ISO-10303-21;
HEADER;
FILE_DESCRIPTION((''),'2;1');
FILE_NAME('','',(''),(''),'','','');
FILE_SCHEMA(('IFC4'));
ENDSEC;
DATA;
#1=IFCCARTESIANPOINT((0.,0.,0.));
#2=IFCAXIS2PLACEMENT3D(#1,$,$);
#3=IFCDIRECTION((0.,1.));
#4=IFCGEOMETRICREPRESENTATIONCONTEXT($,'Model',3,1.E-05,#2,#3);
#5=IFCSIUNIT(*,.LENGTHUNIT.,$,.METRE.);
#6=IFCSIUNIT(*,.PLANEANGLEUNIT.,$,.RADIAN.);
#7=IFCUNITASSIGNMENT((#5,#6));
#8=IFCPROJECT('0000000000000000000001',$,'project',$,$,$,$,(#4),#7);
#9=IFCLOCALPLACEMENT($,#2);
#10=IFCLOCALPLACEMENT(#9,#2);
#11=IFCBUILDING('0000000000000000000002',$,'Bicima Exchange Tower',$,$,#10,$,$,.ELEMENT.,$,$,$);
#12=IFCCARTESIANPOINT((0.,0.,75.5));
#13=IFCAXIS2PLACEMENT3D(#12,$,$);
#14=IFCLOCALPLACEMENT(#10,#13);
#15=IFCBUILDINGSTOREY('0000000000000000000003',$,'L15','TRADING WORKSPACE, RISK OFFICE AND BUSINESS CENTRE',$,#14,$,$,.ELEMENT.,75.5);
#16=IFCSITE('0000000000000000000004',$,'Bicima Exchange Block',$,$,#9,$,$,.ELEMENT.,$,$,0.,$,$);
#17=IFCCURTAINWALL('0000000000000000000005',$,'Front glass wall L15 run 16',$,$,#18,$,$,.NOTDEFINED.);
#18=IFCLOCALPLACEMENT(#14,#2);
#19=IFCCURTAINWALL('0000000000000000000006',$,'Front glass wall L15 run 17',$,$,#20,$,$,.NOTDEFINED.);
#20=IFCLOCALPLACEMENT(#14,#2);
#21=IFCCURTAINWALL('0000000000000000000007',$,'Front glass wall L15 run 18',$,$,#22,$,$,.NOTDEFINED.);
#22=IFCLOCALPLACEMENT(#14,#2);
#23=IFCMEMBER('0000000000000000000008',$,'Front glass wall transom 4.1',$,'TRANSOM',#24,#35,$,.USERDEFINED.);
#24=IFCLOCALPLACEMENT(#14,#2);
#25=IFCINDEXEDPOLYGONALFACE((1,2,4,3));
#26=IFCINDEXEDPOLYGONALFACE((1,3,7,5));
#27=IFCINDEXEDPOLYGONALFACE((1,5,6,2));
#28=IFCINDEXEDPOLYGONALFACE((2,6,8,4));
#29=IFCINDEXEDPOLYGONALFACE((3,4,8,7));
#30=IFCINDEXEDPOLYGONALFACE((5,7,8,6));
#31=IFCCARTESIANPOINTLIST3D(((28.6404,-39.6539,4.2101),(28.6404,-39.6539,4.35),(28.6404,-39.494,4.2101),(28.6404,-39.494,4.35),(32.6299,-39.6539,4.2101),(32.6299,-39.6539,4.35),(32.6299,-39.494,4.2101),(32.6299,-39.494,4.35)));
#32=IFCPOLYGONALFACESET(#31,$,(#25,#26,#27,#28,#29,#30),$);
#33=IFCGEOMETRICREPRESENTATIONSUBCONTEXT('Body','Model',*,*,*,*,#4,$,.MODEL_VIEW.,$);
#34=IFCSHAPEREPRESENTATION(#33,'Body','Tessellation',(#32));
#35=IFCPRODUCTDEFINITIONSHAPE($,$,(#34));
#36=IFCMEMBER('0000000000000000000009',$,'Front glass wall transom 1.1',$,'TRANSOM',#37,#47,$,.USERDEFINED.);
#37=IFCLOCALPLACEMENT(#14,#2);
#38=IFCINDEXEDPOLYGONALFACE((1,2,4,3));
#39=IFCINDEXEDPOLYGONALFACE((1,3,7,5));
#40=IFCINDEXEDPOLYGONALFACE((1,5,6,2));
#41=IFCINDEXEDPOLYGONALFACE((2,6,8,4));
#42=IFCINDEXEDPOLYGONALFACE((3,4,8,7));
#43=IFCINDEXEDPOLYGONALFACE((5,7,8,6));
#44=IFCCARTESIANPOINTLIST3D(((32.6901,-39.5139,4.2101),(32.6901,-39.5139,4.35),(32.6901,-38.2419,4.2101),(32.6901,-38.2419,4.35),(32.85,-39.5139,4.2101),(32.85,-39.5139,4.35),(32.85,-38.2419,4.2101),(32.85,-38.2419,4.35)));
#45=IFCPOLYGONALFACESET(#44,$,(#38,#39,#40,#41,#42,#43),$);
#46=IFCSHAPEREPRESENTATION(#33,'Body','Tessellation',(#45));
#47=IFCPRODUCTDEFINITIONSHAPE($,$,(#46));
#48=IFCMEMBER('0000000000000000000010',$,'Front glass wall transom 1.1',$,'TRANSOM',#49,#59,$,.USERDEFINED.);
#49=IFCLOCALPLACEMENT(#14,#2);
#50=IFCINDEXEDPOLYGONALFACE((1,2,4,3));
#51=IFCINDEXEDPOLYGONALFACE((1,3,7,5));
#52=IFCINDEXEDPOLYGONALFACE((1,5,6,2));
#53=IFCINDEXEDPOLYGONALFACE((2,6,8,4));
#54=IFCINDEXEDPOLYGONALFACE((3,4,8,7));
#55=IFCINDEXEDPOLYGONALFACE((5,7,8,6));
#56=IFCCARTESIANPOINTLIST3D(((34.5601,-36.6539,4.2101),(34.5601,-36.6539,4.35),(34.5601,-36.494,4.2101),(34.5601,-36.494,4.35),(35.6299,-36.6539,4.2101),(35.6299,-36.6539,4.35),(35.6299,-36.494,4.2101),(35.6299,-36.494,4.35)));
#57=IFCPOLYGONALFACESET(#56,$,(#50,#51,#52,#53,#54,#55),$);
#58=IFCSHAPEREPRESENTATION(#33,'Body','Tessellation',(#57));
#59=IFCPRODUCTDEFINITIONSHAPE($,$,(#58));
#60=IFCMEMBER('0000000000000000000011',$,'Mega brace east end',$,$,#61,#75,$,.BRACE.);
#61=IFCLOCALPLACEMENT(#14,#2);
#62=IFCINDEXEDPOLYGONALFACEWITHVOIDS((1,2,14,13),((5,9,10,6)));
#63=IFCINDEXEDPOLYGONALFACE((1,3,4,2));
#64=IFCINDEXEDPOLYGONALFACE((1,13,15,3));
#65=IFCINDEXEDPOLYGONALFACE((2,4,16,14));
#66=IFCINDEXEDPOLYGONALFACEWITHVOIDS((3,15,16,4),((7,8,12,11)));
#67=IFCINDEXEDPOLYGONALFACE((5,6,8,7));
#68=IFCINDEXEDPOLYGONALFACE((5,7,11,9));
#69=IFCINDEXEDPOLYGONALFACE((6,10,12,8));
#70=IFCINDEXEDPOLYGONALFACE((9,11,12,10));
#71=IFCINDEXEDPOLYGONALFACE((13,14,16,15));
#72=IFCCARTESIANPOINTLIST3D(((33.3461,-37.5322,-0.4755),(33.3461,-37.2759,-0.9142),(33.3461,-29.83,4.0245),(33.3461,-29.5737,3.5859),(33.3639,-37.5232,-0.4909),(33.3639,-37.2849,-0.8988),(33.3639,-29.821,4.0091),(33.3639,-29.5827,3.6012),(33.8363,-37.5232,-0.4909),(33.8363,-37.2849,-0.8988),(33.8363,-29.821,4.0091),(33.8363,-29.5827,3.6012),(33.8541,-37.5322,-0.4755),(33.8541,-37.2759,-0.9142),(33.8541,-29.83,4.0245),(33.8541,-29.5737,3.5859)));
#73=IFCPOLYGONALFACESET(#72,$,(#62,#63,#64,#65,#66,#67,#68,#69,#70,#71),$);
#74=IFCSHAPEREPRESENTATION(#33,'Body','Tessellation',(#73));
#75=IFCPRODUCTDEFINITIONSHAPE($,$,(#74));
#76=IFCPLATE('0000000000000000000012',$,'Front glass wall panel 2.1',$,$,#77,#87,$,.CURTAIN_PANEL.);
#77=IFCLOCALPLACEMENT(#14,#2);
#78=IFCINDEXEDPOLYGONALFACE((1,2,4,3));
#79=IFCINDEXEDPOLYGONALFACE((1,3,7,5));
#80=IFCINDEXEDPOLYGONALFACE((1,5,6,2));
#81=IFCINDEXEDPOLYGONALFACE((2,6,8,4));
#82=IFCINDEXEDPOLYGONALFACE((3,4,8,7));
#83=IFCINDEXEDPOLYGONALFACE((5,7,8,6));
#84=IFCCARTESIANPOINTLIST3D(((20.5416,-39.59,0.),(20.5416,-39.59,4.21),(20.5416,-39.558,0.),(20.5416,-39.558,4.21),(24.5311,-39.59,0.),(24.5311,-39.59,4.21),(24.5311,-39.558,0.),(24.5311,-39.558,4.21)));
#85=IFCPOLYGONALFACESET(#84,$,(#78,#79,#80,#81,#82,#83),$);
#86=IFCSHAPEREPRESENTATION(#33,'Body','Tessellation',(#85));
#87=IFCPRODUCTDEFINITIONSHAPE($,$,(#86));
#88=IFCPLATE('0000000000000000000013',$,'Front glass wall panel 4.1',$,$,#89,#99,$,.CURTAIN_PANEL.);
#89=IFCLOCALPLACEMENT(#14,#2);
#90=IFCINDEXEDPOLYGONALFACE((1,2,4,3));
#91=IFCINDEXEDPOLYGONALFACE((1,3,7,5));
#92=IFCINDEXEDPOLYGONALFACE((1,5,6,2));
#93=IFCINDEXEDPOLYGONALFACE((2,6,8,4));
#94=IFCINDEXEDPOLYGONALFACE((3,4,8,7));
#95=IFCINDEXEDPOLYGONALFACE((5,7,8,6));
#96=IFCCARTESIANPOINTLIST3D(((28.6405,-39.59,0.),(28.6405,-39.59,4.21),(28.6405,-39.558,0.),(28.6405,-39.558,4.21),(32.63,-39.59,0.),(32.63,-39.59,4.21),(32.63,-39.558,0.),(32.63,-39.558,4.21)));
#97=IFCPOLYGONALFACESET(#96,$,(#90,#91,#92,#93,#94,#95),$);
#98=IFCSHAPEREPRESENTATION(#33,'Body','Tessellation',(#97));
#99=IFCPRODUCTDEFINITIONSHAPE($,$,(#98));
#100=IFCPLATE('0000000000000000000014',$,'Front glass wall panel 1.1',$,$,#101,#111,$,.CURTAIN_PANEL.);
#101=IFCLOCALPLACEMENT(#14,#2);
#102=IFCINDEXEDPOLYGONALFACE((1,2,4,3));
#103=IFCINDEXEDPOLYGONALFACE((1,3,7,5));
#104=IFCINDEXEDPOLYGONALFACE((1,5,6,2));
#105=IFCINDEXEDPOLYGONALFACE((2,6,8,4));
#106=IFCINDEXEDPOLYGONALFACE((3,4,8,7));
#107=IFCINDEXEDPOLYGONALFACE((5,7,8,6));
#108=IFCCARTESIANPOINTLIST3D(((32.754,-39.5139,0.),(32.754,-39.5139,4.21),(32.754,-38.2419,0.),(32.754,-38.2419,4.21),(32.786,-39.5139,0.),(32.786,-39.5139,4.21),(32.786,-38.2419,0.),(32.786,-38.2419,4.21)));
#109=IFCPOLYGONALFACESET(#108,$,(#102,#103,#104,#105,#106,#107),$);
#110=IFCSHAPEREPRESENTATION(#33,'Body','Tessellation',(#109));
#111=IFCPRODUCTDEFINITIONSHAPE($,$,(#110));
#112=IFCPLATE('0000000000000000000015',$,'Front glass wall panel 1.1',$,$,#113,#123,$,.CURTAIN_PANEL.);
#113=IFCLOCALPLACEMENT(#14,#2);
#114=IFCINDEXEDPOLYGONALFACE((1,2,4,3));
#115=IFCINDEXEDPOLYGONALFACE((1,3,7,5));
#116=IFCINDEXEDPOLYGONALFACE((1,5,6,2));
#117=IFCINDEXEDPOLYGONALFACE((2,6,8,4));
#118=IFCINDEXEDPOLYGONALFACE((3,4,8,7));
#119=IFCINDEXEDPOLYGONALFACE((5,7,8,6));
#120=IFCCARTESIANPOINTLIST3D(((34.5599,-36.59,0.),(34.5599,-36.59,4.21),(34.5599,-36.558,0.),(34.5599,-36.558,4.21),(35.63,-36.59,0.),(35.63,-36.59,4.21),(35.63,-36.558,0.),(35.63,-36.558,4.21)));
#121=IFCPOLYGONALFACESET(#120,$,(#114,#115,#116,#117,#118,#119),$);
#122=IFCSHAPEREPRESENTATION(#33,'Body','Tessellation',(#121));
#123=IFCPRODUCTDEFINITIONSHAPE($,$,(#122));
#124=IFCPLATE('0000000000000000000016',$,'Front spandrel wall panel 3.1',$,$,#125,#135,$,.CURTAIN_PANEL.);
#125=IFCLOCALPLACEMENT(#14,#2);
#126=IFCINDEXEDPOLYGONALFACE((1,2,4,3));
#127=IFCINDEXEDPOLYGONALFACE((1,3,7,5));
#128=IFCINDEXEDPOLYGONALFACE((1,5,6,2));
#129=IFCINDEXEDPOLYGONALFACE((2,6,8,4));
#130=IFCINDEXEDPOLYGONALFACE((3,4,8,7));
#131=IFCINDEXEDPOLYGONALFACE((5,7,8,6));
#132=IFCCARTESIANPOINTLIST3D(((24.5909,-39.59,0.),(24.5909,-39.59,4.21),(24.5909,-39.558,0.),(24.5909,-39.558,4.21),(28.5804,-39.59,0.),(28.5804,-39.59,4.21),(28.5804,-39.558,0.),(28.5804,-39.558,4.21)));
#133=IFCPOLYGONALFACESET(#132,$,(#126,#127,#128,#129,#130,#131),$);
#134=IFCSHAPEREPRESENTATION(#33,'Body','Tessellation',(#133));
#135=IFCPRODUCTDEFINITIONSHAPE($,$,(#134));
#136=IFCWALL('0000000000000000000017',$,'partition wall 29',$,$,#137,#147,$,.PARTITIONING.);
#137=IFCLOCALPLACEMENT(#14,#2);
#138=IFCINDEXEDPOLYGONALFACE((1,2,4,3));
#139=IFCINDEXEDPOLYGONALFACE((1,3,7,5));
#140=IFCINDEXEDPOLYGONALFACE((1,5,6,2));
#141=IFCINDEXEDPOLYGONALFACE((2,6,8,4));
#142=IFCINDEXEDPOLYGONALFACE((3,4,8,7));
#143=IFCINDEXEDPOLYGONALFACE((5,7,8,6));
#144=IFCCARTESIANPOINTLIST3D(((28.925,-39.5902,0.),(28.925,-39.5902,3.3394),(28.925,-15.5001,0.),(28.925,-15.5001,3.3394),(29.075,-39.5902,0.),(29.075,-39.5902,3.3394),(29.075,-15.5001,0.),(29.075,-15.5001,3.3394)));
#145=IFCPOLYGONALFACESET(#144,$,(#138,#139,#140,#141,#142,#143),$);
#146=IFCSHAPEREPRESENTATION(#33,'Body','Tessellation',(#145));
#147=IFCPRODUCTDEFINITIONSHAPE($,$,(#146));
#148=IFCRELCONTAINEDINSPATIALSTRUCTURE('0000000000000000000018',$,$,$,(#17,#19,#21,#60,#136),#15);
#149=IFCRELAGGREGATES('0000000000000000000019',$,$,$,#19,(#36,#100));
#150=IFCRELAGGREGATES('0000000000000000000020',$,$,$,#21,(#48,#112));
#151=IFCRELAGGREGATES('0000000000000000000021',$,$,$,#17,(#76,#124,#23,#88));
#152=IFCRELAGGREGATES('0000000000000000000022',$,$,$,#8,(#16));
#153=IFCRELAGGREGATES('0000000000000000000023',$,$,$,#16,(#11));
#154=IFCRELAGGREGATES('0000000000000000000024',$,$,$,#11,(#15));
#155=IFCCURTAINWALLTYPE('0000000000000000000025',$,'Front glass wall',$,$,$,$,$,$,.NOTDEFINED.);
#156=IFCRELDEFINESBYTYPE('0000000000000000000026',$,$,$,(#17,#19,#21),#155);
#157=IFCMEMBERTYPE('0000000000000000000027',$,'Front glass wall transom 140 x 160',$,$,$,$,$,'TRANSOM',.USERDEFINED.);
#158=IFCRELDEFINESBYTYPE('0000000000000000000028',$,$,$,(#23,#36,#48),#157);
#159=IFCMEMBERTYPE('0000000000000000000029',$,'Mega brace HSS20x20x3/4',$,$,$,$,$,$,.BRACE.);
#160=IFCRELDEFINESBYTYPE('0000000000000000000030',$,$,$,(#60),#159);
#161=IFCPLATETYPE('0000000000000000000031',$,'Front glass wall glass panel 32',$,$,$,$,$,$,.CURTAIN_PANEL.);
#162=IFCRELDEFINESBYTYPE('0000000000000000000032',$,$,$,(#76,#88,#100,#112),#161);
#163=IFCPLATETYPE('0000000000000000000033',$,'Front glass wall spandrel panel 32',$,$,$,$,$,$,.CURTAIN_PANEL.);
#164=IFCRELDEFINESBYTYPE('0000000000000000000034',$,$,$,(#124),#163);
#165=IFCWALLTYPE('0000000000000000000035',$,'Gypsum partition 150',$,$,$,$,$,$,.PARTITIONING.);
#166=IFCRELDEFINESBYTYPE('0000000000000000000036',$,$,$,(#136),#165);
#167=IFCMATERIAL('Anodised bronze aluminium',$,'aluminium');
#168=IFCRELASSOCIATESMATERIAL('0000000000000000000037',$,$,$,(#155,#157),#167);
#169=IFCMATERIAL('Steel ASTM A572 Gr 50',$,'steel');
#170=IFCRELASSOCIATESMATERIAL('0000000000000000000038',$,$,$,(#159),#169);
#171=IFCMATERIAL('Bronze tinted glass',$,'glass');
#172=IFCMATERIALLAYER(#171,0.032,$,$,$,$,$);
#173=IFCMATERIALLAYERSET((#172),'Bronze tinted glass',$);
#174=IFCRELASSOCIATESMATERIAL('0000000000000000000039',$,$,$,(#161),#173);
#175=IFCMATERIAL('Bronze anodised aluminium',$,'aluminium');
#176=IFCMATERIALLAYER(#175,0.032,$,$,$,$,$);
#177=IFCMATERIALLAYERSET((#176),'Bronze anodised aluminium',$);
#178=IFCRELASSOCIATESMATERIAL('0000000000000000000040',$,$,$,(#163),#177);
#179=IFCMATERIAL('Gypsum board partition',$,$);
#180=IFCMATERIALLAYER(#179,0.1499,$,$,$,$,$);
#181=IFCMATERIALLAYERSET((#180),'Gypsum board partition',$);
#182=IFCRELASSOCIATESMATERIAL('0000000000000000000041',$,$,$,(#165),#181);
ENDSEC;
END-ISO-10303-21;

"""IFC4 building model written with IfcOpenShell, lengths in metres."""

from ifc_helpers import new_model, si_unit, direction, frame, frame_2d, origin, origin_2d, place, context, subcontext, project, spatial, rectangle, hollow_rectangle, extrude, material, layer, layer_set, material_profile, profile_set, type_object, element, aggregate, save


model = new_model("IFC4")

# Units and contexts
model_context = context("Model", 3, precision=1e-05, world=origin(), true_north=direction((0.0, 1.0)))
body_context = subcontext(model_context, "Body", "Model", "MODEL_VIEW")
ifc_project = project(units=[si_unit("LENGTHUNIT", "METRE"), si_unit("PLANEANGLEUNIT", "RADIAN")], contexts=[model_context])

# Site, building, storey
site_placement = place(None, origin())
site = spatial("IfcSite", under=ifc_project, at=site_placement, Name="Bicima Exchange Block", CompositionType="ELEMENT", RefElevation=0.0)
building_placement = place(site_placement, origin())
building = spatial("IfcBuilding", under=site, at=building_placement, Name="Bicima Exchange Tower", CompositionType="ELEMENT")
storey_placement = place(building_placement, frame((0.0, 0.0, 75.5)))
storey = spatial("IfcBuildingStorey", under=building, at=storey_placement, Name="L15", Description="TRADING WORKSPACE, RISK OFFICE AND BUSINESS CENTRE", CompositionType="ELEMENT", Elevation=75.5)

# Shared definitions
ifc_material_1 = material(Name="Steel ASTM A572 Gr 50", Category="steel")

# Curtain walls
ifc_material_2 = material(Name="Anodised bronze aluminium", Category="aluminium")
curtain_wall_type = type_object("IfcCurtainWallType", Name="Front glass wall", PredefinedType="NOTDEFINED", material=ifc_material_2)
curtain_wall_1_placement = place(storey_placement, origin())
curtain_wall_1 = element("IfcCurtainWall", 1, at=curtain_wall_1_placement, inside=storey, type_object=curtain_wall_type, Name="Front glass wall L15 run 16", PredefinedType="NOTDEFINED")
curtain_wall_2_placement = place(storey_placement, origin())
curtain_wall_2 = element("IfcCurtainWall", 2, at=curtain_wall_2_placement, inside=storey, type_object=curtain_wall_type, Name="Front glass wall L15 run 17", PredefinedType="NOTDEFINED")
curtain_wall_3_placement = place(storey_placement, origin())
curtain_wall_3 = element("IfcCurtainWall", 3, at=curtain_wall_3_placement, inside=storey, type_object=curtain_wall_type, Name="Front glass wall L15 run 18", PredefinedType="NOTDEFINED")

# Members
ifc_material_profile_1 = material_profile(ifc_material_2, rectangle(XDim=0.1599, YDim=0.1399, at=origin_2d()))
ifc_profile_set_1 = profile_set([ifc_material_profile_1], Name="Anodised bronze aluminium")
member_type_1 = type_object("IfcMemberType", Name="Front glass wall transom 140 x 160", ElementType="TRANSOM", PredefinedType="USERDEFINED", material=ifc_profile_set_1)
member_1_placement = place(storey_placement, frame((28.6404, -39.574, 4.28), z_axis=(1.0, 0.0, 0.0), x_axis=(0.0, 1.0, 0.0)))
member_1 = element("IfcMember", 4, at=member_1_placement, type_object=member_type_1, Name="Front glass wall transom 4.1", ObjectType="TRANSOM", PredefinedType="USERDEFINED", context=body_context, shape_type="SweptSolid", body=[
    extrude(rectangle(XDim=0.1599, YDim=0.1399, at=origin_2d()), origin(), (0.0, 0.0, 1.0), 3.9895),
])
member_2_placement = place(storey_placement, frame((32.77, -39.5139, 4.28), z_axis=(0.0, 1.0, 0.0), x_axis=(-1.0, 0.0, 0.0)))
member_2 = element("IfcMember", 5, at=member_2_placement, type_object=member_type_1, Name="Front glass wall transom 1.1", ObjectType="TRANSOM", PredefinedType="USERDEFINED", context=body_context, shape_type="SweptSolid", body=[
    extrude(rectangle(XDim=0.1599, YDim=0.1399, at=origin_2d()), origin(), (0.0, 0.0, 1.0), 1.272),
])
member_3_placement = place(storey_placement, frame((34.5601, -36.574, 4.28), z_axis=(1.0, 0.0, 0.0), x_axis=(0.0, 1.0, 0.0)))
member_3 = element("IfcMember", 6, at=member_3_placement, type_object=member_type_1, Name="Front glass wall transom 1.1", ObjectType="TRANSOM", PredefinedType="USERDEFINED", context=body_context, shape_type="SweptSolid", body=[
    extrude(rectangle(XDim=0.1599, YDim=0.1399, at=origin_2d()), origin(), (0.0, 0.0, 1.0), 1.0698),
])
ifc_material_profile_2 = material_profile(ifc_material_1, hollow_rectangle(XDim=0.5081, YDim=0.5081, WallThickness=0.0178, at=origin_2d()))
ifc_profile_set_2 = profile_set([ifc_material_profile_2], Name="Steel ASTM A572 Gr 50")
member_type_2 = type_object("IfcMemberType", Name="Mega brace HSS20x20x3/4", PredefinedType="BRACE", material=ifc_profile_set_2)
member_4_placement = place(storey_placement, frame((33.6001, -37.4041, -0.6948), z_axis=(0.0, 0.863433, 0.504463), x_axis=(-1.0, 0.0, 0.0)))
element("IfcMember", 7, at=member_4_placement, inside=storey, type_object=member_type_2, Name="Mega brace east end", PredefinedType="BRACE", context=body_context, shape_type="SweptSolid", body=[
    extrude(hollow_rectangle(XDim=0.5081, YDim=0.5081, WallThickness=0.0178, at=origin_2d()), origin(), (0.0, 0.0, 1.0), 8.9204),
])

# Plates
ifc_material_3 = material(Name="Bronze tinted glass", Category="glass")
ifc_layer_1 = layer(ifc_material_3, 0.032)
ifc_layer_set_1 = layer_set([ifc_layer_1], Name="Bronze tinted glass")
plate_type_1 = type_object("IfcPlateType", Name="Front glass wall glass panel 32", PredefinedType="CURTAIN_PANEL", material=ifc_layer_set_1)
plate_1_placement = place(storey_placement, frame((22.5364, -39.574, 0.0), z_axis=(0.0, 0.0, 1.0), x_axis=(1.0, 0.0, 0.0)))
plate_1 = element("IfcPlate", 8, at=plate_1_placement, type_object=plate_type_1, Name="Front glass wall panel 2.1", PredefinedType="CURTAIN_PANEL", context=body_context, shape_type="SweptSolid", body=[
    extrude(rectangle(XDim=3.9895, YDim=0.032, at=origin_2d()), origin(), (0.0, 0.0, 1.0), 4.21),
])
plate_2_placement = place(storey_placement, frame((30.6353, -39.574, 0.0), z_axis=(0.0, 0.0, 1.0), x_axis=(1.0, 0.0, 0.0)))
plate_2 = element("IfcPlate", 9, at=plate_2_placement, type_object=plate_type_1, Name="Front glass wall panel 4.1", PredefinedType="CURTAIN_PANEL", context=body_context, shape_type="SweptSolid", body=[
    extrude(rectangle(XDim=3.9895, YDim=0.032, at=origin_2d()), origin(), (0.0, 0.0, 1.0), 4.21),
])
plate_3_placement = place(storey_placement, frame((32.77, -38.8779, 0.0), z_axis=(0.0, 0.0, 1.0), x_axis=(0.0, 1.0, 0.0)))
plate_3 = element("IfcPlate", 10, at=plate_3_placement, type_object=plate_type_1, Name="Front glass wall panel 1.1", PredefinedType="CURTAIN_PANEL", context=body_context, shape_type="SweptSolid", body=[
    extrude(rectangle(XDim=1.272, YDim=0.032, at=origin_2d()), origin(), (0.0, 0.0, 1.0), 4.21),
])
aggregate(curtain_wall_2, [member_2, plate_3])
plate_4_placement = place(storey_placement, frame((35.095, -36.574, 0.0), z_axis=(0.0, 0.0, 1.0), x_axis=(1.0, 0.0, 0.0)))
plate_4 = element("IfcPlate", 11, at=plate_4_placement, type_object=plate_type_1, Name="Front glass wall panel 1.1", PredefinedType="CURTAIN_PANEL", context=body_context, shape_type="SweptSolid", body=[
    extrude(rectangle(XDim=1.0701, YDim=0.032, at=origin_2d()), origin(), (0.0, 0.0, 1.0), 4.21),
])
aggregate(curtain_wall_3, [member_3, plate_4])
ifc_material_4 = material(Name="Bronze anodised aluminium", Category="aluminium")
ifc_layer_2 = layer(ifc_material_4, 0.032)
ifc_layer_set_2 = layer_set([ifc_layer_2], Name="Bronze anodised aluminium")
plate_type_2 = type_object("IfcPlateType", Name="Front glass wall spandrel panel 32", PredefinedType="CURTAIN_PANEL", material=ifc_layer_set_2)
plate_5_placement = place(storey_placement, frame((26.5857, -39.574, 0.0), z_axis=(0.0, 0.0, 1.0), x_axis=(1.0, 0.0, 0.0)))
plate_5 = element("IfcPlate", 12, at=plate_5_placement, type_object=plate_type_2, Name="Front spandrel wall panel 3.1", PredefinedType="CURTAIN_PANEL", context=body_context, shape_type="SweptSolid", body=[
    extrude(rectangle(XDim=3.9895, YDim=0.032, at=origin_2d()), origin(), (0.0, 0.0, 1.0), 4.21),
])
aggregate(curtain_wall_1, [plate_1, plate_5, member_1, plate_2])

# Wall
ifc_material_5 = material(Name="Gypsum board partition")
ifc_layer_3 = layer(ifc_material_5, 0.1499)
ifc_layer_set_3 = layer_set([ifc_layer_3], Name="Gypsum board partition")
wall_type = type_object("IfcWallType", Name="Gypsum partition 150", PredefinedType="PARTITIONING", material=ifc_layer_set_3)
wall_placement = place(storey_placement, frame((29.0, -39.5901, 0.0), z_axis=(0.0, 0.0, 1.0), x_axis=(0.0, 1.0, 0.0)))
element("IfcWall", 13, at=wall_placement, inside=storey, type_object=wall_type, Name="partition wall 29", PredefinedType="PARTITIONING", context=body_context, shape_type="SweptSolid", body=[
    extrude(rectangle(XDim=24.0901, YDim=0.1499, at=frame_2d((12.0449, 0.0))), origin(), (0.0, 0.0, 1.0), 3.3394),
])

save(model, "model.ifc")
